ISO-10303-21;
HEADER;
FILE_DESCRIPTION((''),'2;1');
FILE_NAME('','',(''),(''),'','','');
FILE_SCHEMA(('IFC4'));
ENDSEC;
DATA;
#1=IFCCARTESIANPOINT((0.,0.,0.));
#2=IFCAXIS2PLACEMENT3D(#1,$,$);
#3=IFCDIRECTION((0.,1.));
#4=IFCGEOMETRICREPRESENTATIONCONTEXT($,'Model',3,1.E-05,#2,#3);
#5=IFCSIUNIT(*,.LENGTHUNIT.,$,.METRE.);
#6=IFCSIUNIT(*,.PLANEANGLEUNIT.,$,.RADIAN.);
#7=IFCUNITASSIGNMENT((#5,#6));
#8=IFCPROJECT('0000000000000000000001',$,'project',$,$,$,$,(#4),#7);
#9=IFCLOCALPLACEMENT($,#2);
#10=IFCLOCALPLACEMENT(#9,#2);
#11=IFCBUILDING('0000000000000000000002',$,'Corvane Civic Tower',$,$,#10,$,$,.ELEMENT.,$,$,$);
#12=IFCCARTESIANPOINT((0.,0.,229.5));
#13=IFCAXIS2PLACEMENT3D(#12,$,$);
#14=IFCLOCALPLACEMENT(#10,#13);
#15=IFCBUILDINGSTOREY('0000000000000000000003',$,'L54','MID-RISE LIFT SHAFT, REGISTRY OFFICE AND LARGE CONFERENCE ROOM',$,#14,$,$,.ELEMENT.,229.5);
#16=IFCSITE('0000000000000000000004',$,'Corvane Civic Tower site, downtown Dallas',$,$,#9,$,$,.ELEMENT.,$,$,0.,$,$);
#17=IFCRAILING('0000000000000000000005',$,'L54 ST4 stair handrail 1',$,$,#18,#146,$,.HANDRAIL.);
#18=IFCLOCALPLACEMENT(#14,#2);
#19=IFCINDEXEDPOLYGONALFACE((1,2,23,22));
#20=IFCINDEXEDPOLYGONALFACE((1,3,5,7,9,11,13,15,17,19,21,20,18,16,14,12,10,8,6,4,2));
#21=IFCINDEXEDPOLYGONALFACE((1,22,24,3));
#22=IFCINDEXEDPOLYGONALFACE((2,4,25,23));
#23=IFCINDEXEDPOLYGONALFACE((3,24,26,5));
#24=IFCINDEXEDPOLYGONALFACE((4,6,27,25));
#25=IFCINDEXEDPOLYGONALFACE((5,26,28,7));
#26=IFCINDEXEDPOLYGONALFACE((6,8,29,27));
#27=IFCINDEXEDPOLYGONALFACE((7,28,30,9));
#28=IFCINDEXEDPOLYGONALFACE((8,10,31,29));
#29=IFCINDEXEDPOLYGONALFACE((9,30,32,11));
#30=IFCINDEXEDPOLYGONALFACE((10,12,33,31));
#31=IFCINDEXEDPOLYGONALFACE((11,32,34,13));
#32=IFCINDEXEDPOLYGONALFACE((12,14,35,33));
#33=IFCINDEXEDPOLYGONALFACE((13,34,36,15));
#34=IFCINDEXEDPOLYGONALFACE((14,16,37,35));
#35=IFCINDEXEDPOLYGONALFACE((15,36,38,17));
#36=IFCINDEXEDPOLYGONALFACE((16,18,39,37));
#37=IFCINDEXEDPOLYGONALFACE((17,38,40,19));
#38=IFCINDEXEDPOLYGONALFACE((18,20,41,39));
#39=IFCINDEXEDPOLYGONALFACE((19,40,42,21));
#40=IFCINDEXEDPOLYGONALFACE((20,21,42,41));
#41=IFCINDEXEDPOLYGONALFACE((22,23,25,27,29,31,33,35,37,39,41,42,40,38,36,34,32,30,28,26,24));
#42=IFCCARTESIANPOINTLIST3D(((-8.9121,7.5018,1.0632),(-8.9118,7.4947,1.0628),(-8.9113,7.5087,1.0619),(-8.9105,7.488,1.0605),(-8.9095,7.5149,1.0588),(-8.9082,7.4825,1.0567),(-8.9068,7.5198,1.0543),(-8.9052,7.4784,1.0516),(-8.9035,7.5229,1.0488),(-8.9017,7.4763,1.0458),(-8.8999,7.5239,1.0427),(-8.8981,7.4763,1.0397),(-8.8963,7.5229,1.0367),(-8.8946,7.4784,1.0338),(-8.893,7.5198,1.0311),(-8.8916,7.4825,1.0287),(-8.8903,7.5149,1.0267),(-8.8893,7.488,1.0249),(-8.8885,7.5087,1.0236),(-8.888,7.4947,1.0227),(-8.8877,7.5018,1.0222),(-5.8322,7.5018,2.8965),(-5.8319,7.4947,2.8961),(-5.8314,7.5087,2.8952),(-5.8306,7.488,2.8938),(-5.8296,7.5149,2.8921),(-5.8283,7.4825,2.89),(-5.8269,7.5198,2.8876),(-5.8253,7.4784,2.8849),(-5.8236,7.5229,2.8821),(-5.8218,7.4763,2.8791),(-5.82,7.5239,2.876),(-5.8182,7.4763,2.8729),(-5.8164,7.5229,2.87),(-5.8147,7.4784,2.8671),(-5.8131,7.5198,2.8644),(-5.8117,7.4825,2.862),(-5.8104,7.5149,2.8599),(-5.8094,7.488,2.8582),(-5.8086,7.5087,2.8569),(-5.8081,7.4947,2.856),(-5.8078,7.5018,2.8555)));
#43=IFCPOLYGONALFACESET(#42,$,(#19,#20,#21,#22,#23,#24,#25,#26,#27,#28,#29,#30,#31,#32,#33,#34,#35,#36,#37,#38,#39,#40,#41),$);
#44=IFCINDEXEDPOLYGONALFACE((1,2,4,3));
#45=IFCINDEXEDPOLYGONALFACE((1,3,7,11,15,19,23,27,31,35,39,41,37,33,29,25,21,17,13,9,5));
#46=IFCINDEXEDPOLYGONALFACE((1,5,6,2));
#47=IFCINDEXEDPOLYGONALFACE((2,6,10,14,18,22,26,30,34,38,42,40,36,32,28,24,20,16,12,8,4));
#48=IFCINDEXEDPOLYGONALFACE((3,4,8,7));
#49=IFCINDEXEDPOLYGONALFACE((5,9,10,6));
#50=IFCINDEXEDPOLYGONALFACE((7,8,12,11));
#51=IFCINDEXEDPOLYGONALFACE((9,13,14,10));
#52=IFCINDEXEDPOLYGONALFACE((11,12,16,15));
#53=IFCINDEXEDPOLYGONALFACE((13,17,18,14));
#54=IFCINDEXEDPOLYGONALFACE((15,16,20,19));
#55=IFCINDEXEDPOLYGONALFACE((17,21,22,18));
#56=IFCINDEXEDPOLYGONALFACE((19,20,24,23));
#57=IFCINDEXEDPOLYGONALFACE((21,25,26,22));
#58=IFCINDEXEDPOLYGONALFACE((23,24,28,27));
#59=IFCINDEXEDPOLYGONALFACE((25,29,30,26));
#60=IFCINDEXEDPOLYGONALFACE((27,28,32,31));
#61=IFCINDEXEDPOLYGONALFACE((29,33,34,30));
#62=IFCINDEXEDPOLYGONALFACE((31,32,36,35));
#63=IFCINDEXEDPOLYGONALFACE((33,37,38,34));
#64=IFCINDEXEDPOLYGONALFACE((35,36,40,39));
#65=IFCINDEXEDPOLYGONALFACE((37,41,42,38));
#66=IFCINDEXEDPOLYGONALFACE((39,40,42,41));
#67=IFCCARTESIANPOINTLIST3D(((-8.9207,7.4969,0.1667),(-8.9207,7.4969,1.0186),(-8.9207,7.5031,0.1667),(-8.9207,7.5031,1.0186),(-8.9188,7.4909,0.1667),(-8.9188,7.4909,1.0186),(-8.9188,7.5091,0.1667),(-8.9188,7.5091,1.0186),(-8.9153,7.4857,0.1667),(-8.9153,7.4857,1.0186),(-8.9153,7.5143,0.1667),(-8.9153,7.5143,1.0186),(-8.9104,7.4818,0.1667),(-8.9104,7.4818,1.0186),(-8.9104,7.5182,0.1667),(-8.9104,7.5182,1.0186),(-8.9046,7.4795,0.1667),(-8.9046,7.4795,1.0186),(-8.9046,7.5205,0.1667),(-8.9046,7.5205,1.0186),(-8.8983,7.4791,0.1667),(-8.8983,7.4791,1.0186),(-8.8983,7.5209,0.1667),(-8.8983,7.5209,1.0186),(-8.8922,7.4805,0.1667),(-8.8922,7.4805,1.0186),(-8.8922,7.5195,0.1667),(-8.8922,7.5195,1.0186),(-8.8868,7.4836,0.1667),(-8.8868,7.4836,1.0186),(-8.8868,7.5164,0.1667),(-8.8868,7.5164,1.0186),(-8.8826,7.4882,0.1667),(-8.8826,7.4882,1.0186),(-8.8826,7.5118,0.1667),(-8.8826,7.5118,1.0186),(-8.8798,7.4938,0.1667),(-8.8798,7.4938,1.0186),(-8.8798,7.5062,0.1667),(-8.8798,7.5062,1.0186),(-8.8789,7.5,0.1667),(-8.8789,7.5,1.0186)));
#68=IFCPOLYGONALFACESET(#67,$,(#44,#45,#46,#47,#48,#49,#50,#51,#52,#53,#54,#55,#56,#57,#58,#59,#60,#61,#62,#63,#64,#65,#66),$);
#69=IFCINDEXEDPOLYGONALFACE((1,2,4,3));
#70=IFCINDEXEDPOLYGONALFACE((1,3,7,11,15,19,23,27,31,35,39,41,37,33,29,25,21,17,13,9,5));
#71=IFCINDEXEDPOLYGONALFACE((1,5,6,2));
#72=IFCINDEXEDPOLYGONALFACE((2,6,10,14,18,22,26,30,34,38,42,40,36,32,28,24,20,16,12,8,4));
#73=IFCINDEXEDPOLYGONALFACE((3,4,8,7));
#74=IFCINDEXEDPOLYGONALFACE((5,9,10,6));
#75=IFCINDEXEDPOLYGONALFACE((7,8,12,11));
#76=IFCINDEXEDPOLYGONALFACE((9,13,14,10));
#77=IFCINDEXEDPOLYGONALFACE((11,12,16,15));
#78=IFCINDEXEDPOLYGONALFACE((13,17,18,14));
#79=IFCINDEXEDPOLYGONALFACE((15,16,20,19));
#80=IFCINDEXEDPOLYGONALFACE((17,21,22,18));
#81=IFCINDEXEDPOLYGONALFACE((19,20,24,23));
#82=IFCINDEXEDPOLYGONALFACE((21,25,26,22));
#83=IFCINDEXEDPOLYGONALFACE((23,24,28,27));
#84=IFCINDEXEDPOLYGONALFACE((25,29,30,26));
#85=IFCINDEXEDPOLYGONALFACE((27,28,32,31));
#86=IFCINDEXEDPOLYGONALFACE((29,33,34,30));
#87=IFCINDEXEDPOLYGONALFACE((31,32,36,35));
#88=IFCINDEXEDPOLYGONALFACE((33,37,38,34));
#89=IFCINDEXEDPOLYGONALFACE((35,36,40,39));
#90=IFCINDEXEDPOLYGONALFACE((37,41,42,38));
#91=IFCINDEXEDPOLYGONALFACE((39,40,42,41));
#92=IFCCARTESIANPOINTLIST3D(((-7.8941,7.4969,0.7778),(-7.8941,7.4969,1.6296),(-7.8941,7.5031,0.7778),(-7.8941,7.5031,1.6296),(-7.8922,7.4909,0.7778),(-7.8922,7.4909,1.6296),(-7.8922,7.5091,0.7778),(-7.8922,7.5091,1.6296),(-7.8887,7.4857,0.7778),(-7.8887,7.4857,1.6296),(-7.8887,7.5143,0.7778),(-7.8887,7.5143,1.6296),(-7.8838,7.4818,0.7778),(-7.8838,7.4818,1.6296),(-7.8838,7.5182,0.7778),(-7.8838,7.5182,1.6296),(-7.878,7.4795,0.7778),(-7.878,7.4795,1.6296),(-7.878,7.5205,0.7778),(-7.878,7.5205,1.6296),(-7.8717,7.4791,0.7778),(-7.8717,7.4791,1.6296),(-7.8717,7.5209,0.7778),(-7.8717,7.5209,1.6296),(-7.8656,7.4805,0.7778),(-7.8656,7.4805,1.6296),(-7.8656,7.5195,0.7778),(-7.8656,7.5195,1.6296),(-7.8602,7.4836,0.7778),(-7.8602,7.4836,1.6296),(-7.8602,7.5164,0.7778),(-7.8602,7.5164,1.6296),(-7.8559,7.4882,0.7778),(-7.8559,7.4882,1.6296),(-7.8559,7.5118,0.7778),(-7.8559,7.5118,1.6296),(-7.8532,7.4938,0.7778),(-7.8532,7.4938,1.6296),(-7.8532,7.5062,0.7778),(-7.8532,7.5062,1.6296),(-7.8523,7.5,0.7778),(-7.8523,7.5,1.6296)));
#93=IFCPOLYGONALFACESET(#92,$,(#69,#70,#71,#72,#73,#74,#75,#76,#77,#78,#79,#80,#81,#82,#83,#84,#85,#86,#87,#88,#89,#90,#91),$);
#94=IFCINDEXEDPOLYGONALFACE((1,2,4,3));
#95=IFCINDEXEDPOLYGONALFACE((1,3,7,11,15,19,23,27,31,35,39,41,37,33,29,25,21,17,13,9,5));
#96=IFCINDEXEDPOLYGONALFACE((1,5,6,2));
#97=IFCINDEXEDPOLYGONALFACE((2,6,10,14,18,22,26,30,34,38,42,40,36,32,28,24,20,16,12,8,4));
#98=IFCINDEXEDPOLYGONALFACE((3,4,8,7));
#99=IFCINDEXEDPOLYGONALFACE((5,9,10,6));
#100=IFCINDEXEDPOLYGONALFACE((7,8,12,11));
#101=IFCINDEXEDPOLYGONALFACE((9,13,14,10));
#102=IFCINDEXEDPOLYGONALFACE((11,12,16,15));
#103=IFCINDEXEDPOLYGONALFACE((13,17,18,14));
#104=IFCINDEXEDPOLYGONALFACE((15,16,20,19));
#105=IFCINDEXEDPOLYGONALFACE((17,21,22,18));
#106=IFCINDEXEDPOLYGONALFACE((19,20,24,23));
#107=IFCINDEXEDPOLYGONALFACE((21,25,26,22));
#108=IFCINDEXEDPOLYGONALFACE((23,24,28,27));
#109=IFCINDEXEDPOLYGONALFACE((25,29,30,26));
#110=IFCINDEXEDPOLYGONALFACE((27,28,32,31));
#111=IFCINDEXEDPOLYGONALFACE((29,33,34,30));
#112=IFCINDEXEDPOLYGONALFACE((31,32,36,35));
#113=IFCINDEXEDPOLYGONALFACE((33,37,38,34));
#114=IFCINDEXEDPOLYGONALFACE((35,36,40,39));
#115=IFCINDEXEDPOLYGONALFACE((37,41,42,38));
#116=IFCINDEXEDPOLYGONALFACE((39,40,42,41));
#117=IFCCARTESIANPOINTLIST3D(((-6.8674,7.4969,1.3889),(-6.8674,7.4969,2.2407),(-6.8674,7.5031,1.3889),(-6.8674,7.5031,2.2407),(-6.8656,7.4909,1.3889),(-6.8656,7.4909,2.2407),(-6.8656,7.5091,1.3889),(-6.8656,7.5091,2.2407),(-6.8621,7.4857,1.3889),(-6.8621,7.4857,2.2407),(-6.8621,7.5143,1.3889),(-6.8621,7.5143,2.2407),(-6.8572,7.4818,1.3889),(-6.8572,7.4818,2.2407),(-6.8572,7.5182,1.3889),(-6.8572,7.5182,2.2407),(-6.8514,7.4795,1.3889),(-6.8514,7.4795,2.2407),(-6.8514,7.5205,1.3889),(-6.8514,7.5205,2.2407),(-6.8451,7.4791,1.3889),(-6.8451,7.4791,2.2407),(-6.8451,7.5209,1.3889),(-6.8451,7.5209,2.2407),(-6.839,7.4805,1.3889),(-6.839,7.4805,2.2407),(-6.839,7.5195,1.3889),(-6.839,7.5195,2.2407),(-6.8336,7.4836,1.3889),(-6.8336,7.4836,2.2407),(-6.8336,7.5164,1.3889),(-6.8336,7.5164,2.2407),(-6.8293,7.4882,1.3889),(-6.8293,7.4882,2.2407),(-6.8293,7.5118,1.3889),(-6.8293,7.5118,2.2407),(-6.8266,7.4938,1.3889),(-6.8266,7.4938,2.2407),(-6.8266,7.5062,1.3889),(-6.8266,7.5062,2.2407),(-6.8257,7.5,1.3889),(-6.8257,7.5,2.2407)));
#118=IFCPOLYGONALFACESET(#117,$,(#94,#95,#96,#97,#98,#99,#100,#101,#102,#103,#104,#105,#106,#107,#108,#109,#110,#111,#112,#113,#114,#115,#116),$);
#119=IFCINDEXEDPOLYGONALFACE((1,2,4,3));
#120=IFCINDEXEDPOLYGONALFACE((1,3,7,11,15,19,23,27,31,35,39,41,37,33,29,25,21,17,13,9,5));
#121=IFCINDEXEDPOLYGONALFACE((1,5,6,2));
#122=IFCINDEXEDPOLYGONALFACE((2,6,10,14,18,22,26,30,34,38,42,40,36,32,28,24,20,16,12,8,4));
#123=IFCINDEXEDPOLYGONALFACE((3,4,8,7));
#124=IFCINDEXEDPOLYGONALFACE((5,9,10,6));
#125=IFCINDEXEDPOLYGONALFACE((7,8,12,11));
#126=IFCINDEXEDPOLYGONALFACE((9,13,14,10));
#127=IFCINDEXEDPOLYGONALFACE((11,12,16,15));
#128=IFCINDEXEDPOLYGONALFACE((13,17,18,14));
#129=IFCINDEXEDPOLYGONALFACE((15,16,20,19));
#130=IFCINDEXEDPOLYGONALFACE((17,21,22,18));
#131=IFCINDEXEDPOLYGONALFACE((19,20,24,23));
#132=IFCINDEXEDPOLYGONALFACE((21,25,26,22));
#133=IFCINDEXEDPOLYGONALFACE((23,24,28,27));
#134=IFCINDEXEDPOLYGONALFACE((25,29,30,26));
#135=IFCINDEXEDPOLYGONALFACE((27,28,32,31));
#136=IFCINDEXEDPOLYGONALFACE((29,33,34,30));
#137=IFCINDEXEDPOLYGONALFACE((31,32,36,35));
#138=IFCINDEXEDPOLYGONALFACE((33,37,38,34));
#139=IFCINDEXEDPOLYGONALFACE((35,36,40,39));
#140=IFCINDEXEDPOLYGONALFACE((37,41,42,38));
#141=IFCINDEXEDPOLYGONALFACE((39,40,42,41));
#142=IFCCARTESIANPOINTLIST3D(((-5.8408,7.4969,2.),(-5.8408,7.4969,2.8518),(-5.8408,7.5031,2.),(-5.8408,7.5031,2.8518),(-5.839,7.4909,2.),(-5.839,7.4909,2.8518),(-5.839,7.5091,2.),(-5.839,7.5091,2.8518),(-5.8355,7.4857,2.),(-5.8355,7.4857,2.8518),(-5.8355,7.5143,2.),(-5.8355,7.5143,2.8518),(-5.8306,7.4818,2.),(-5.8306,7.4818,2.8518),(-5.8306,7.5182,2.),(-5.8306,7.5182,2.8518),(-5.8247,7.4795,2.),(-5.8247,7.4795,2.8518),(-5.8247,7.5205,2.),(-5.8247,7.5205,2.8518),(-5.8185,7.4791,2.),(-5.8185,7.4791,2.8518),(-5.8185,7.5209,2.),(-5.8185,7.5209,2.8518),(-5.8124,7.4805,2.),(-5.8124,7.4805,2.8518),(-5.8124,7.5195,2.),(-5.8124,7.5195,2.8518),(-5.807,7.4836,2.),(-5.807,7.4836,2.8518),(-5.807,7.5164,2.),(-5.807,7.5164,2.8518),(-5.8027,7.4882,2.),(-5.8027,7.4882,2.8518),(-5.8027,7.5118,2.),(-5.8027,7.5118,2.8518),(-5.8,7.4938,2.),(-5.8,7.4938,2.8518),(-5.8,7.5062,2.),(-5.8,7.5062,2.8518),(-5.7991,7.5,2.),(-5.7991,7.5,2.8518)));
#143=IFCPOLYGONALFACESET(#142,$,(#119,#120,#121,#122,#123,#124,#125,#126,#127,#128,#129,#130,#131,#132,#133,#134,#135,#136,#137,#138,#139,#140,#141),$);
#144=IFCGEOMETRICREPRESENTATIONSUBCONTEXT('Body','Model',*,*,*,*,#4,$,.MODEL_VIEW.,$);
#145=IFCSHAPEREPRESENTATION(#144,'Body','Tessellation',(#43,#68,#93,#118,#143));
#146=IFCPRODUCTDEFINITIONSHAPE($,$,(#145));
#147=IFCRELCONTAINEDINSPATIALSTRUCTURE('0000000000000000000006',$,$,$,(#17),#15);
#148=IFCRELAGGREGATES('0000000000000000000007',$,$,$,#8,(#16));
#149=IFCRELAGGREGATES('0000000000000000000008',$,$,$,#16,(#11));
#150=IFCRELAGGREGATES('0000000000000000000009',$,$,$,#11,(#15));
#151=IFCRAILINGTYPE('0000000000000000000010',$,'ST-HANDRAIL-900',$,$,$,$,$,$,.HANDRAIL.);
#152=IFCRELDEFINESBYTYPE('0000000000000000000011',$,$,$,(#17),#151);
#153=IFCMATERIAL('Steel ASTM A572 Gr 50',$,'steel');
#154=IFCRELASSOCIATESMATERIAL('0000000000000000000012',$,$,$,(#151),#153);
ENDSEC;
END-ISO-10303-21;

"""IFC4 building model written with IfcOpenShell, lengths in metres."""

from ifc_helpers import new_model, si_unit, direction, frame, origin, origin_2d, place, context, subcontext, project, spatial, circle, extrude, material, type_object, element, save


model = new_model("IFC4")

# Units and contexts
model_context = context("Model", 3, precision=1e-05, world=origin(), true_north=direction((0.0, 1.0)))
body_context = subcontext(model_context, "Body", "Model", "MODEL_VIEW")
ifc_project = project(units=[si_unit("LENGTHUNIT", "METRE"), si_unit("PLANEANGLEUNIT", "RADIAN")], contexts=[model_context])

# Site, building, storey
site_placement = place(None, origin())
site = spatial("IfcSite", under=ifc_project, at=site_placement, Name="Corvane Civic Tower site, downtown Dallas", CompositionType="ELEMENT", RefElevation=0.0)
building_placement = place(site_placement, origin())
building = spatial("IfcBuilding", under=site, at=building_placement, Name="Corvane Civic Tower", CompositionType="ELEMENT")
storey_placement = place(building_placement, frame((0.0, 0.0, 229.5)))
storey = spatial("IfcBuildingStorey", under=building, at=storey_placement, Name="L54", Description="MID-RISE LIFT SHAFT, REGISTRY OFFICE AND LARGE CONFERENCE ROOM", CompositionType="ELEMENT", Elevation=229.5)

# Railing
ifc_material_1 = material(Name="Steel ASTM A572 Gr 50", Category="steel")
railing_type_1 = type_object("IfcRailingType", Name="ST-HANDRAIL-900", PredefinedType="HANDRAIL", material=ifc_material_1)
railing_1_placement = place(storey_placement, frame((-8.8999, 7.5, 0.1667)))
element("IfcRailing", 1, at=railing_1_placement, inside=storey, type_object=railing_type_1, Name="L54 ST4 stair handrail 1", PredefinedType="HANDRAIL", context=body_context, shape_type="SweptSolid", body=[
    extrude(circle(Radius=0.0239, at=origin_2d()), frame((0.0, 0.0, 0.876), z_axis=(0.859291, 0.0, 0.511487), x_axis=(0.0, 1.0, 0.0)), (0.0, 0.0, 1.0), 3.5842),
    extrude(circle(Radius=0.021, at=origin_2d()), origin(), (0.0, 0.0, 1.0), 0.8518),
    extrude(circle(Radius=0.021, at=origin_2d()), frame((1.0266, 0.0, 0.6111)), (0.0, 0.0, 1.0), 0.8518),
    extrude(circle(Radius=0.021, at=origin_2d()), frame((2.0532, 0.0, 1.2222)), (0.0, 0.0, 1.0), 0.8518),
    extrude(circle(Radius=0.021, at=origin_2d()), frame((3.0798, 0.0, 1.8333)), (0.0, 0.0, 1.0), 0.8518),
])

save(model, "model.ifc")
